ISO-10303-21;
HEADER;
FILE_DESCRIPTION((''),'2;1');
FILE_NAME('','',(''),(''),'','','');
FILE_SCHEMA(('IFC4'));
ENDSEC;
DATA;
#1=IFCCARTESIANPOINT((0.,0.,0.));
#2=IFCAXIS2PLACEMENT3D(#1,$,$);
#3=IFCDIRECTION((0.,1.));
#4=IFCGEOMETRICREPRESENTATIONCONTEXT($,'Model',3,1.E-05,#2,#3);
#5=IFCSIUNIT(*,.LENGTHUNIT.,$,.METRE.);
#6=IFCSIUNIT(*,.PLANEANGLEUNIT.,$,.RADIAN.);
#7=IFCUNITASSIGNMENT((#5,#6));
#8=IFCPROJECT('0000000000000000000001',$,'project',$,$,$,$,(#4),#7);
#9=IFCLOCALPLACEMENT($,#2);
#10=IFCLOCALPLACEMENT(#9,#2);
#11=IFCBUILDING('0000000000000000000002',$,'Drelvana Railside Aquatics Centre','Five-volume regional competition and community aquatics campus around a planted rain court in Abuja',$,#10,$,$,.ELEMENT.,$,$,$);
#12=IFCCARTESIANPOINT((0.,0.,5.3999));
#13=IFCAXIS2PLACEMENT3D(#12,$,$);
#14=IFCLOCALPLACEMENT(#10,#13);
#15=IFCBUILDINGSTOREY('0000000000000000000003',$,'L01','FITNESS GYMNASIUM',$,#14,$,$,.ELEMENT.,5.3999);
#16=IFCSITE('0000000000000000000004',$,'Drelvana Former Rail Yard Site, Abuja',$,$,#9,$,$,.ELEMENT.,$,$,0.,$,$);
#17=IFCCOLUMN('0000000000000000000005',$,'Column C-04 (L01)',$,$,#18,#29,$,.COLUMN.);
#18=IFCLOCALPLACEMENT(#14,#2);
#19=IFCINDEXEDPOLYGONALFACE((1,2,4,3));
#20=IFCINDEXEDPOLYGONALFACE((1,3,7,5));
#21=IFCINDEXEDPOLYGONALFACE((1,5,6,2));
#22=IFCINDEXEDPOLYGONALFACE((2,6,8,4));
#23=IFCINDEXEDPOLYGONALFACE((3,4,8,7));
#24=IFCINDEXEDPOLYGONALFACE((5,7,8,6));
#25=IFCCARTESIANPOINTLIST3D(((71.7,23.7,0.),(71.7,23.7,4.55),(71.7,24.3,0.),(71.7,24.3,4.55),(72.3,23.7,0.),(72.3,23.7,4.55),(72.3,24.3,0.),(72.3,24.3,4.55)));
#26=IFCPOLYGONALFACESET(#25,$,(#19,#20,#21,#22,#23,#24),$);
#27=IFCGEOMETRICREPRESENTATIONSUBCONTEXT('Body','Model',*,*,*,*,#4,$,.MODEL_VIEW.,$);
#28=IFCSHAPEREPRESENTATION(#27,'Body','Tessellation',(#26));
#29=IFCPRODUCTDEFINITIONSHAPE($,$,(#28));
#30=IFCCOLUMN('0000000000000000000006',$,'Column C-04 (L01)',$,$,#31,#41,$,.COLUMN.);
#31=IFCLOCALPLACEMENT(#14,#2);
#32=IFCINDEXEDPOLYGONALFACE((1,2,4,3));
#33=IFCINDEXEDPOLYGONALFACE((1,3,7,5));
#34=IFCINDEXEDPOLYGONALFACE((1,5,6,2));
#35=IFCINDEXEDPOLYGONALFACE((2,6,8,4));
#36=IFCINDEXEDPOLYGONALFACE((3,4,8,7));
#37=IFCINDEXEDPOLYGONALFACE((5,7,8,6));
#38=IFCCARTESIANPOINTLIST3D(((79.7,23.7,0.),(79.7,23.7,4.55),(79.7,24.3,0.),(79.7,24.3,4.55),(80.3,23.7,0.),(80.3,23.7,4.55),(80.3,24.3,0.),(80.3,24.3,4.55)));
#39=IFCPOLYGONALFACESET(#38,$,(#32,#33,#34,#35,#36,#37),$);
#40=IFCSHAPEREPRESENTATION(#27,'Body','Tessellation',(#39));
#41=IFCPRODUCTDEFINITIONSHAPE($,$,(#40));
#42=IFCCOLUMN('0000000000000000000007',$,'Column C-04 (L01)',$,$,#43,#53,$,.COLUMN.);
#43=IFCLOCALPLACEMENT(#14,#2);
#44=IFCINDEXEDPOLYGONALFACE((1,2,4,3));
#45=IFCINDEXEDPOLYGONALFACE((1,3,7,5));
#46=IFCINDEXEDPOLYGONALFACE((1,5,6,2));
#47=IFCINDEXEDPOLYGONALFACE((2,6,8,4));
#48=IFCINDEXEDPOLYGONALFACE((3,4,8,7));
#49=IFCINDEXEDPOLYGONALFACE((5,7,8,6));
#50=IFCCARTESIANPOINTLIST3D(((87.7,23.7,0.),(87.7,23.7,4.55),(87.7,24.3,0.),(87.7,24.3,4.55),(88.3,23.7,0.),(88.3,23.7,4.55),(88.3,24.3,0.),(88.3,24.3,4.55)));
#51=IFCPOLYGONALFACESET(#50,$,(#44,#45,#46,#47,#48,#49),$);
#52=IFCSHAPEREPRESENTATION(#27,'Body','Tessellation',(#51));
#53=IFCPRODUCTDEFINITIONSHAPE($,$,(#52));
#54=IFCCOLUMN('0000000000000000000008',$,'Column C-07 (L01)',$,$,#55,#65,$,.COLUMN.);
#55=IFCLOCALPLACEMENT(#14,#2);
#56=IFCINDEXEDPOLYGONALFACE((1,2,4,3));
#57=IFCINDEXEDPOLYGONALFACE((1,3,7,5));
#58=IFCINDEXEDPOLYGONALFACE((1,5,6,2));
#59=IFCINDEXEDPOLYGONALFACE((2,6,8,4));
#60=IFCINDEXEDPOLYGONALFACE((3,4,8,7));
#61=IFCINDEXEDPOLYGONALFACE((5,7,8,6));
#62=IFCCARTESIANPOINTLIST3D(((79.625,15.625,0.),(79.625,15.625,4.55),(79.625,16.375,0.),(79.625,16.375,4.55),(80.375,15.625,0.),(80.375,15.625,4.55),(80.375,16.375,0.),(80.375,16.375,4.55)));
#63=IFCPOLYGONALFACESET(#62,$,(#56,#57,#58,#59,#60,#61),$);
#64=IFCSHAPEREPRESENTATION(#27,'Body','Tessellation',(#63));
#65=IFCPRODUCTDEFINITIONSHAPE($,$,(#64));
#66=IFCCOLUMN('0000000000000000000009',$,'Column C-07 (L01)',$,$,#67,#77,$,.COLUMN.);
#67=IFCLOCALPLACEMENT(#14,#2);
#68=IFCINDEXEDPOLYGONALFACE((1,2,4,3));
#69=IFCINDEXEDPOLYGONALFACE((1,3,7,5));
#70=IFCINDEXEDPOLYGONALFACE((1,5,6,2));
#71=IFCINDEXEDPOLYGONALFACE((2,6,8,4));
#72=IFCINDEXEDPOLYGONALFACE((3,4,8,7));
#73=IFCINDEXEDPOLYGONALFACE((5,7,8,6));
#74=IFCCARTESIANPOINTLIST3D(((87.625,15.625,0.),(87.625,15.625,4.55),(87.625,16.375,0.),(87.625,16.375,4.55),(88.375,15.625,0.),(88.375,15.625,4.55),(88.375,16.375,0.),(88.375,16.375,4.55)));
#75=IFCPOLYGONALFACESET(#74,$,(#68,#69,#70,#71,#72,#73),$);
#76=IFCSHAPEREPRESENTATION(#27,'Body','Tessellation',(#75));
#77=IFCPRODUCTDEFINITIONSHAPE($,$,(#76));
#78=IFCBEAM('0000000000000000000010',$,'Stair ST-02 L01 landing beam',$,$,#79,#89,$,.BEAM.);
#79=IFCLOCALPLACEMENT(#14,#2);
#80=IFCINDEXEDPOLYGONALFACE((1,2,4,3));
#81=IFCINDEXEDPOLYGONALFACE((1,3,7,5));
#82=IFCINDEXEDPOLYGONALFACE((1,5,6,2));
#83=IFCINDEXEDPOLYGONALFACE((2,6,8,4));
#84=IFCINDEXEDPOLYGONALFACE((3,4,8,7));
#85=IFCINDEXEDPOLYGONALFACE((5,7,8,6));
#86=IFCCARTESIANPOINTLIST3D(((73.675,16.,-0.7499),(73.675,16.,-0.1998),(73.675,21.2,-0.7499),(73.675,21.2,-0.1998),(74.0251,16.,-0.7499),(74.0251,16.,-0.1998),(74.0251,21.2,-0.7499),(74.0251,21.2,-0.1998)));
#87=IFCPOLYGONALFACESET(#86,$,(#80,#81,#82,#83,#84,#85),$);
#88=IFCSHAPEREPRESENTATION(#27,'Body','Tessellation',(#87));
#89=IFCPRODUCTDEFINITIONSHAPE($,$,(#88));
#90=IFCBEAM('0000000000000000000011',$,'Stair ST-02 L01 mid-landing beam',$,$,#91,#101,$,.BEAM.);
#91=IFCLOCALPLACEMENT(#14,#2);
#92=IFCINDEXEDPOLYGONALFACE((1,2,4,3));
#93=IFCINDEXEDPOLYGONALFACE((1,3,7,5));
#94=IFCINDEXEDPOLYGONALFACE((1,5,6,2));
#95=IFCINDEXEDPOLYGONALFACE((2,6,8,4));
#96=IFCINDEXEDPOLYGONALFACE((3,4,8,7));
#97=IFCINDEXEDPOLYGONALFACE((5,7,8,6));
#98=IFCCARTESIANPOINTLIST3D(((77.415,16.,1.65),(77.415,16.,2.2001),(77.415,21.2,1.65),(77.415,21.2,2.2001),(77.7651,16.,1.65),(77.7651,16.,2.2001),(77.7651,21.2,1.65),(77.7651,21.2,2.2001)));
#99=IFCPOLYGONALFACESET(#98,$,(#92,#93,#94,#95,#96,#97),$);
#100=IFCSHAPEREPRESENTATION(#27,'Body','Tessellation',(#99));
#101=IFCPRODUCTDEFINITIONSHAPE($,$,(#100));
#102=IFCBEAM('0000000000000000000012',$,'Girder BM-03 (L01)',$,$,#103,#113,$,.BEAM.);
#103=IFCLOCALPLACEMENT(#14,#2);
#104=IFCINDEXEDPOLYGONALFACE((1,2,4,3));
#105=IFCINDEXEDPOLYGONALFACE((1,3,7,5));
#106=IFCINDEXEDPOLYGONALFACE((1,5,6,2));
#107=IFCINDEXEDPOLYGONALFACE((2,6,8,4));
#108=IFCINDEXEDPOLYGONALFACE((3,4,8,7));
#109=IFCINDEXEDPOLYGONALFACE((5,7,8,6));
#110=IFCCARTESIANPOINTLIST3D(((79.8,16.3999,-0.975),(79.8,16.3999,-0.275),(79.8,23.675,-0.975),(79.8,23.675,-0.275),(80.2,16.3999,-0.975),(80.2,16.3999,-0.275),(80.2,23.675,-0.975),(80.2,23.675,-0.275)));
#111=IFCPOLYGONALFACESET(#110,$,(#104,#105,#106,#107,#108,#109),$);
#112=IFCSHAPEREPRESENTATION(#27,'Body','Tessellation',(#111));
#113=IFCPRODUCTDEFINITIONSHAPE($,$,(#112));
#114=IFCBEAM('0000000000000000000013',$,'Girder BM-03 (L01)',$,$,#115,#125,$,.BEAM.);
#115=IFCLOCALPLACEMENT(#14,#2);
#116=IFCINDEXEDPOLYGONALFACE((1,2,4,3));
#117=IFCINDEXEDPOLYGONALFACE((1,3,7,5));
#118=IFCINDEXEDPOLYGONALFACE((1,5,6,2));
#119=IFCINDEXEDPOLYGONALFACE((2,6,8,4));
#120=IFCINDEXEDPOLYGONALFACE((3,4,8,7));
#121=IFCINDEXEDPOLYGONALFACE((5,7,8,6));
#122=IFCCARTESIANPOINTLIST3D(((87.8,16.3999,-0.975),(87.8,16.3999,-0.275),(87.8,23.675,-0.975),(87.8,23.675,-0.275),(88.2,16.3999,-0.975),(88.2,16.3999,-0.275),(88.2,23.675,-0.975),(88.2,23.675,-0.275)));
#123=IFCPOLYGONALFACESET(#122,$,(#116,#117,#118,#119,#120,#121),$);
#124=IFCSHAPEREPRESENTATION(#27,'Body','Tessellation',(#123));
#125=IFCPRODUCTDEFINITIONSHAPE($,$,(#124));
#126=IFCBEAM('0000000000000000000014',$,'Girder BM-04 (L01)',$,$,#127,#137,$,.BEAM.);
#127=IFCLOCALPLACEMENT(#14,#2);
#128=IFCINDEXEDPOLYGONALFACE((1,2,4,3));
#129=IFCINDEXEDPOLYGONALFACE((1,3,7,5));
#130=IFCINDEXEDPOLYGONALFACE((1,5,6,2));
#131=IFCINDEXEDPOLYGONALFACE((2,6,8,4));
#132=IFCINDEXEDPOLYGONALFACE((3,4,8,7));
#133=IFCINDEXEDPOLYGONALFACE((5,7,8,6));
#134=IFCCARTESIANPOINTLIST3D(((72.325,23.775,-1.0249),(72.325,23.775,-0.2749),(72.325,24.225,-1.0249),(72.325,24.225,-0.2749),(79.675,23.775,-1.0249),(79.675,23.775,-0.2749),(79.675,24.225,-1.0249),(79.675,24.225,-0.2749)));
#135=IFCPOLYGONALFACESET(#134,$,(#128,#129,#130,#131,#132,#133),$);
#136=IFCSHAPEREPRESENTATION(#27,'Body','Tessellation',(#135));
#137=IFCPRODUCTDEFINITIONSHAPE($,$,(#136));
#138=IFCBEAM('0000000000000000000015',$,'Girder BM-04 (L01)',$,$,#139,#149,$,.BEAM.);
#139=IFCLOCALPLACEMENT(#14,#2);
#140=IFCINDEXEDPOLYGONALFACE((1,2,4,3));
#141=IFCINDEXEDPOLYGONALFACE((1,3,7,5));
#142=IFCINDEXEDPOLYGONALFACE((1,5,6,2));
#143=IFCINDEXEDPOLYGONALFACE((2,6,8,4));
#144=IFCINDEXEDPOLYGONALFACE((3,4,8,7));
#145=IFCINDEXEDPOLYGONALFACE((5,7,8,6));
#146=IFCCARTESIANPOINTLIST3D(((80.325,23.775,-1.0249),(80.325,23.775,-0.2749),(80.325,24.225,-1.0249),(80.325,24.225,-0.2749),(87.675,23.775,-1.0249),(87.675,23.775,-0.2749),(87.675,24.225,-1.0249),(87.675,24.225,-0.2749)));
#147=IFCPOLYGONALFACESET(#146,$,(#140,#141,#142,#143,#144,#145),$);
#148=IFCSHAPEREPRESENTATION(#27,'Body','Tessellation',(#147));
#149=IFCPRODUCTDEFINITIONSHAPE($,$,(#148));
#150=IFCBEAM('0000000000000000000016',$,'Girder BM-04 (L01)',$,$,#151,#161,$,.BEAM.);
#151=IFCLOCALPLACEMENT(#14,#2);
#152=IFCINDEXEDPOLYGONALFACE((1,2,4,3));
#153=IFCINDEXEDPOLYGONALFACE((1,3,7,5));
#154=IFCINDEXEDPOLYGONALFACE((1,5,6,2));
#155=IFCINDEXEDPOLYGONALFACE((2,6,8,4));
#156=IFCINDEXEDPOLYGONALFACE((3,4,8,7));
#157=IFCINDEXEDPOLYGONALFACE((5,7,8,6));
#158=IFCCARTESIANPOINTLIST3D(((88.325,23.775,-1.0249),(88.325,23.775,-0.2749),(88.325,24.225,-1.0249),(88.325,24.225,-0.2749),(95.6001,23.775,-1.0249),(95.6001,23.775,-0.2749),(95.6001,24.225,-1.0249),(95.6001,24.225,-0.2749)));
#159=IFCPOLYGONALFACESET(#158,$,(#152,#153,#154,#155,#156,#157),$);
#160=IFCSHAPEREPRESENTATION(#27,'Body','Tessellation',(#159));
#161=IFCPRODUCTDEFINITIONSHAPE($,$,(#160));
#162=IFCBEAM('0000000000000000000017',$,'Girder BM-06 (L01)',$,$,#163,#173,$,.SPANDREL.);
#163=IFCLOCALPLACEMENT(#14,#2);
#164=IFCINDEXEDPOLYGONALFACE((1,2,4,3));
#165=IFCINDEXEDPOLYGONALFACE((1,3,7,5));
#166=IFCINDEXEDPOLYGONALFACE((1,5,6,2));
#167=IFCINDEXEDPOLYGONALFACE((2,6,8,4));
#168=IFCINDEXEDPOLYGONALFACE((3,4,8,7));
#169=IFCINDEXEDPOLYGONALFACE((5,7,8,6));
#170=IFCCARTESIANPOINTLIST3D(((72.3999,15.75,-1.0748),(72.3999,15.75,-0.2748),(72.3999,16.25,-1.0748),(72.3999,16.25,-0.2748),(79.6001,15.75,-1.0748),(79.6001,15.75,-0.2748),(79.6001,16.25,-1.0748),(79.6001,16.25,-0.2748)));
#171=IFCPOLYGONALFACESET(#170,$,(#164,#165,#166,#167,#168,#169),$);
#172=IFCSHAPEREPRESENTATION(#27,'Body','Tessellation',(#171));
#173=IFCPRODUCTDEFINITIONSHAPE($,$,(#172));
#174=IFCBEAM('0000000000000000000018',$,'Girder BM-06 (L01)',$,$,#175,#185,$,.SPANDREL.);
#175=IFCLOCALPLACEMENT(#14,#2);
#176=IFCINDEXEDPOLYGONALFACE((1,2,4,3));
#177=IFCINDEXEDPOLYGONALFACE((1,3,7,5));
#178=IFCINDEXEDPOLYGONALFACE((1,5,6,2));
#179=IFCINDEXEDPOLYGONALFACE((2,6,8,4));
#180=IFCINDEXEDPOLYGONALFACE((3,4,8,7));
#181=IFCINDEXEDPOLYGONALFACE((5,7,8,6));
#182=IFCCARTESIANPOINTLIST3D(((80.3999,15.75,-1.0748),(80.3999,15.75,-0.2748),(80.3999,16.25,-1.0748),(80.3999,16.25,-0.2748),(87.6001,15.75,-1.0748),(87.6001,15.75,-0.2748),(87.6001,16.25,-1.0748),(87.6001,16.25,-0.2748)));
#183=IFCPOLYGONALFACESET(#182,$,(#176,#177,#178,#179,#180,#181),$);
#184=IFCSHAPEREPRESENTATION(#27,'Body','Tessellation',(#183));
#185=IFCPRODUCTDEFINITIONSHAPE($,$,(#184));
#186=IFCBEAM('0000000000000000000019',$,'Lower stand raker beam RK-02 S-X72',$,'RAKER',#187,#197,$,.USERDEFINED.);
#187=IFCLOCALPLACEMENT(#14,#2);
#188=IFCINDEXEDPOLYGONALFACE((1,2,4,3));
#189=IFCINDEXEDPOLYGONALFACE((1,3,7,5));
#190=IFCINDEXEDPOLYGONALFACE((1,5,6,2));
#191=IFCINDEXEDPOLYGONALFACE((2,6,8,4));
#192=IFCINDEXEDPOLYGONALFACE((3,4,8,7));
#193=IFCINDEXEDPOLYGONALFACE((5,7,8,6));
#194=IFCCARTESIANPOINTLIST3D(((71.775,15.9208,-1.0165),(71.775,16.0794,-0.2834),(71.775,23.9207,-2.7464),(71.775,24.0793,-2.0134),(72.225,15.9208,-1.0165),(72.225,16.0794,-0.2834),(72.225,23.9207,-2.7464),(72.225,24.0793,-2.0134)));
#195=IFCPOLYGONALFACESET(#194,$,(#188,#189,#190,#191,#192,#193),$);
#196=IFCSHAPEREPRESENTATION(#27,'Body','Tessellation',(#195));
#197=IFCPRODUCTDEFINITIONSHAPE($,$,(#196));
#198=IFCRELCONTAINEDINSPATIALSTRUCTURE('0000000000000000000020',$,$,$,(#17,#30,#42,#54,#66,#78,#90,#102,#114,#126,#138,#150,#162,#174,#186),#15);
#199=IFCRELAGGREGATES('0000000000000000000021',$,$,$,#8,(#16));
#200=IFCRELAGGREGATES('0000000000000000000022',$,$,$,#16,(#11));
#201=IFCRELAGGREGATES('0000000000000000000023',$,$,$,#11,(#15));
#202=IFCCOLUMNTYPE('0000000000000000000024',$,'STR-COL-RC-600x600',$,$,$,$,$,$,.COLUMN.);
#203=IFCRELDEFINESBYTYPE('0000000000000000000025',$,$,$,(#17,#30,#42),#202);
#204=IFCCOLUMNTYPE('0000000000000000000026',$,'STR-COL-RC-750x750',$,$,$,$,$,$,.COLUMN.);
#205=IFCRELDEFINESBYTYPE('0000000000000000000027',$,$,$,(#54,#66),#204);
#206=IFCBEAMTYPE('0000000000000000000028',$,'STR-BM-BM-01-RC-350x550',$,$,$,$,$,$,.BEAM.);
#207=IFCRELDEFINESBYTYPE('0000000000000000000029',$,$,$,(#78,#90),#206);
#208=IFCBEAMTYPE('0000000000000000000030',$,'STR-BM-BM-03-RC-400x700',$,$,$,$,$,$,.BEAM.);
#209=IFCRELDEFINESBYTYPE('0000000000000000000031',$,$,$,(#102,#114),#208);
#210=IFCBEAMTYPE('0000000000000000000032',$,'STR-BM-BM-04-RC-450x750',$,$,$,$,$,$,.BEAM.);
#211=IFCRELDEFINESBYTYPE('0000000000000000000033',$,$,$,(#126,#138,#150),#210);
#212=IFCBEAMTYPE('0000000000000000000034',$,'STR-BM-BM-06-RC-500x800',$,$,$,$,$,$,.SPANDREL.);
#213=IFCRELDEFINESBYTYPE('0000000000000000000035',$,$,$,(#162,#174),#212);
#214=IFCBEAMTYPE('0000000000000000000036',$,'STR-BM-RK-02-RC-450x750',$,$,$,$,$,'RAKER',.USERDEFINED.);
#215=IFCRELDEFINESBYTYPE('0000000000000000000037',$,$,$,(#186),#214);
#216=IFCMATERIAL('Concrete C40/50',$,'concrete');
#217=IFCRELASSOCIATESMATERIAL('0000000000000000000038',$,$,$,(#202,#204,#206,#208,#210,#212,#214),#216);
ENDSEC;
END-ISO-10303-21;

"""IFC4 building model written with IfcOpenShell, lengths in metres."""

from ifc_helpers import new_model, si_unit, direction, frame, origin, origin_2d, place, context, subcontext, project, spatial, rectangle, extrude, material, material_profile, profile_set, type_object, element, save


model = new_model("IFC4")

# Units and contexts
model_context = context("Model", 3, precision=1e-05, world=origin(), true_north=direction((0.0, 1.0)))
body_context = subcontext(model_context, "Body", "Model", "MODEL_VIEW")
ifc_project = project(units=[si_unit("LENGTHUNIT", "METRE"), si_unit("PLANEANGLEUNIT", "RADIAN")], contexts=[model_context])

# Site, building, storey
site_placement = place(None, origin())
site = spatial("IfcSite", under=ifc_project, at=site_placement, Name="Drelvana Former Rail Yard Site, Abuja", CompositionType="ELEMENT", RefElevation=0.0)
building_placement = place(site_placement, origin())
building = spatial("IfcBuilding", under=site, at=building_placement, Name="Drelvana Railside Aquatics Centre", Description="Five-volume regional competition and community aquatics campus around a planted rain court in Abuja", CompositionType="ELEMENT")
storey_placement = place(building_placement, frame((0.0, 0.0, 5.3999)))
storey = spatial("IfcBuildingStorey", under=building, at=storey_placement, Name="L01", Description="FITNESS GYMNASIUM", CompositionType="ELEMENT", Elevation=5.3999)

# Columns
ifc_material_1 = material(Name="Concrete C40/50", Category="concrete")
ifc_material_profile_1 = material_profile(ifc_material_1, rectangle(XDim=0.6001, YDim=0.6001, at=origin_2d()), Name="RC 600x600")
ifc_profile_set_1 = profile_set([ifc_material_profile_1], Name="Concrete C40/50")
column_type_1 = type_object("IfcColumnType", Name="STR-COL-RC-600x600", PredefinedType="COLUMN", material=ifc_profile_set_1)
for number, where, z_axis, x_axis, name in (
    (1, (72.0, 24.0, 0.0), (0.0, 0.0, 1.0), (1.0, 0.0, 0.0), "Column C-04 (L01)"),
    (2, (80.0, 24.0, 0.0), (0.0, 0.0, 1.0), (1.0, 0.0, 0.0), "Column C-04 (L01)"),
    (3, (88.0, 24.0, 0.0), (0.0, 0.0, 1.0), (1.0, 0.0, 0.0), "Column C-04 (L01)"),
):
    element("IfcColumn", number, at=place(storey_placement, frame(where, z_axis=z_axis, x_axis=x_axis)), inside=storey, type_object=column_type_1, Name=name, PredefinedType="COLUMN", context=body_context, shape_type="SweptSolid", body=[
        extrude(rectangle(XDim=0.6001, YDim=0.6001, at=origin_2d()), origin(), (0.0, 0.0, 1.0), 4.55),
    ])
ifc_material_profile_2 = material_profile(ifc_material_1, rectangle(XDim=0.75, YDim=0.75, at=origin_2d()), Name="RC 750x750")
ifc_profile_set_2 = profile_set([ifc_material_profile_2], Name="Concrete C40/50")
column_type_2 = type_object("IfcColumnType", Name="STR-COL-RC-750x750", PredefinedType="COLUMN", material=ifc_profile_set_2)
for number, where, z_axis, x_axis, name in (
    (4, (80.0, 16.0, 0.0), (0.0, 0.0, 1.0), (1.0, 0.0, 0.0), "Column C-07 (L01)"),
    (5, (88.0, 16.0, 0.0), (0.0, 0.0, 1.0), (1.0, 0.0, 0.0), "Column C-07 (L01)"),
):
    element("IfcColumn", number, at=place(storey_placement, frame(where, z_axis=z_axis, x_axis=x_axis)), inside=storey, type_object=column_type_2, Name=name, PredefinedType="COLUMN", context=body_context, shape_type="SweptSolid", body=[
        extrude(rectangle(XDim=0.75, YDim=0.75, at=origin_2d()), origin(), (0.0, 0.0, 1.0), 4.55),
    ])

# Beams
ifc_material_profile_3 = material_profile(ifc_material_1, rectangle(XDim=0.3501, YDim=0.55, at=origin_2d()), Name="RC 350x550")
ifc_profile_set_3 = profile_set([ifc_material_profile_3], Name="Concrete C40/50")
beam_type_1 = type_object("IfcBeamType", Name="STR-BM-BM-01-RC-350x550", PredefinedType="BEAM", material=ifc_profile_set_3)
for number, where, z_axis, x_axis, name in (
    (6, (73.8501, 16.0, -0.4749), (0.0, 1.0, 0.0), (-1.0, 0.0, 0.0), "Stair ST-02 L01 landing beam"),
    (7, (77.5901, 16.0, 1.925), (0.0, 1.0, 0.0), (-1.0, 0.0, 0.0), "Stair ST-02 L01 mid-landing beam"),
):
    element("IfcBeam", number, at=place(storey_placement, frame(where, z_axis=z_axis, x_axis=x_axis)), inside=storey, type_object=beam_type_1, Name=name, PredefinedType="BEAM", context=body_context, shape_type="SweptSolid", body=[
        extrude(rectangle(XDim=0.3501, YDim=0.55, at=origin_2d()), origin(), (0.0, 0.0, 1.0), 5.2),
    ])
ifc_material_profile_4 = material_profile(ifc_material_1, rectangle(XDim=0.3999, YDim=0.7, at=origin_2d()), Name="RC 400x700")
ifc_profile_set_4 = profile_set([ifc_material_profile_4], Name="Concrete C40/50")
beam_type_2 = type_object("IfcBeamType", Name="STR-BM-BM-03-RC-400x700", PredefinedType="BEAM", material=ifc_profile_set_4)
for number, where, z_axis, x_axis, name in (
    (8, (80.0, 16.3999, -0.625), (0.0, 1.0, 0.0), (-1.0, 0.0, 0.0), "Girder BM-03 (L01)"),
    (9, (88.0, 16.3999, -0.625), (0.0, 1.0, 0.0), (-1.0, 0.0, 0.0), "Girder BM-03 (L01)"),
):
    element("IfcBeam", number, at=place(storey_placement, frame(where, z_axis=z_axis, x_axis=x_axis)), inside=storey, type_object=beam_type_2, Name=name, PredefinedType="BEAM", context=body_context, shape_type="SweptSolid", body=[
        extrude(rectangle(XDim=0.3999, YDim=0.7, at=origin_2d()), origin(), (0.0, 0.0, 1.0), 7.2751),
    ])
ifc_material_profile_5 = material_profile(ifc_material_1, rectangle(XDim=0.45, YDim=0.75, at=origin_2d()), Name="RC 450x750")
ifc_profile_set_5 = profile_set([ifc_material_profile_5], Name="Concrete C40/50")
beam_type_3 = type_object("IfcBeamType", Name="STR-BM-BM-04-RC-450x750", PredefinedType="BEAM", material=ifc_profile_set_5)
for number, where, z_axis, x_axis, name in (
    (10, (72.325, 24.0, -0.6499), (1.0, 0.0, 0.0), (0.0, 1.0, 0.0), "Girder BM-04 (L01)"),
    (11, (80.325, 24.0, -0.6499), (1.0, 0.0, 0.0), (0.0, 1.0, 0.0), "Girder BM-04 (L01)"),
):
    element("IfcBeam", number, at=place(storey_placement, frame(where, z_axis=z_axis, x_axis=x_axis)), inside=storey, type_object=beam_type_3, Name=name, PredefinedType="BEAM", context=body_context, shape_type="SweptSolid", body=[
        extrude(rectangle(XDim=0.45, YDim=0.75, at=origin_2d()), origin(), (0.0, 0.0, 1.0), 7.3501),
    ])
beam_1_placement = place(storey_placement, frame((88.325, 24.0, -0.6499), z_axis=(1.0, 0.0, 0.0), x_axis=(0.0, 1.0, 0.0)))
element("IfcBeam", 12, at=beam_1_placement, inside=storey, type_object=beam_type_3, Name="Girder BM-04 (L01)", PredefinedType="BEAM", context=body_context, shape_type="SweptSolid", body=[
    extrude(rectangle(XDim=0.45, YDim=0.75, at=origin_2d()), origin(), (0.0, 0.0, 1.0), 7.2751),
])
ifc_material_profile_6 = material_profile(ifc_material_1, rectangle(XDim=0.5, YDim=0.8, at=origin_2d()), Name="RC 500x800")
ifc_profile_set_6 = profile_set([ifc_material_profile_6], Name="Concrete C40/50")
beam_type_4 = type_object("IfcBeamType", Name="STR-BM-BM-06-RC-500x800", PredefinedType="SPANDREL", material=ifc_profile_set_6)
for number, where, z_axis, x_axis, name in (
    (13, (72.3999, 16.0, -0.6748), (1.0, 0.0, 0.0), (0.0, 1.0, 0.0), "Girder BM-06 (L01)"),
    (14, (80.3999, 16.0, -0.6748), (1.0, 0.0, 0.0), (0.0, 1.0, 0.0), "Girder BM-06 (L01)"),
):
    element("IfcBeam", number, at=place(storey_placement, frame(where, z_axis=z_axis, x_axis=x_axis)), inside=storey, type_object=beam_type_4, Name=name, PredefinedType="SPANDREL", context=body_context, shape_type="SweptSolid", body=[
        extrude(rectangle(XDim=0.5, YDim=0.8, at=origin_2d()), origin(), (0.0, 0.0, 1.0), 7.2002),
    ])
ifc_material_profile_7 = material_profile(ifc_material_1, rectangle(XDim=0.45, YDim=0.75, at=origin_2d()), Name="RC 450x750")
ifc_profile_set_7 = profile_set([ifc_material_profile_7], Name="Concrete C40/50")
beam_type_5 = type_object("IfcBeamType", Name="STR-BM-RK-02-RC-450x750", ElementType="RAKER", PredefinedType="USERDEFINED", material=ifc_profile_set_7)
beam_2_placement = place(storey_placement, frame((72.0, 24.0, -2.3799), z_axis=(0.0, -0.977408, 0.211362), x_axis=(1.0, 0.0, 0.0)))
element("IfcBeam", 15, at=beam_2_placement, inside=storey, type_object=beam_type_5, Name="Lower stand raker beam RK-02 S-X72", ObjectType="RAKER", PredefinedType="USERDEFINED", context=body_context, shape_type="SweptSolid", body=[
    extrude(rectangle(XDim=0.45, YDim=0.75, at=origin_2d()), origin(), (0.0, 0.0, 1.0), 8.1848),
])

save(model, "model.ifc")
